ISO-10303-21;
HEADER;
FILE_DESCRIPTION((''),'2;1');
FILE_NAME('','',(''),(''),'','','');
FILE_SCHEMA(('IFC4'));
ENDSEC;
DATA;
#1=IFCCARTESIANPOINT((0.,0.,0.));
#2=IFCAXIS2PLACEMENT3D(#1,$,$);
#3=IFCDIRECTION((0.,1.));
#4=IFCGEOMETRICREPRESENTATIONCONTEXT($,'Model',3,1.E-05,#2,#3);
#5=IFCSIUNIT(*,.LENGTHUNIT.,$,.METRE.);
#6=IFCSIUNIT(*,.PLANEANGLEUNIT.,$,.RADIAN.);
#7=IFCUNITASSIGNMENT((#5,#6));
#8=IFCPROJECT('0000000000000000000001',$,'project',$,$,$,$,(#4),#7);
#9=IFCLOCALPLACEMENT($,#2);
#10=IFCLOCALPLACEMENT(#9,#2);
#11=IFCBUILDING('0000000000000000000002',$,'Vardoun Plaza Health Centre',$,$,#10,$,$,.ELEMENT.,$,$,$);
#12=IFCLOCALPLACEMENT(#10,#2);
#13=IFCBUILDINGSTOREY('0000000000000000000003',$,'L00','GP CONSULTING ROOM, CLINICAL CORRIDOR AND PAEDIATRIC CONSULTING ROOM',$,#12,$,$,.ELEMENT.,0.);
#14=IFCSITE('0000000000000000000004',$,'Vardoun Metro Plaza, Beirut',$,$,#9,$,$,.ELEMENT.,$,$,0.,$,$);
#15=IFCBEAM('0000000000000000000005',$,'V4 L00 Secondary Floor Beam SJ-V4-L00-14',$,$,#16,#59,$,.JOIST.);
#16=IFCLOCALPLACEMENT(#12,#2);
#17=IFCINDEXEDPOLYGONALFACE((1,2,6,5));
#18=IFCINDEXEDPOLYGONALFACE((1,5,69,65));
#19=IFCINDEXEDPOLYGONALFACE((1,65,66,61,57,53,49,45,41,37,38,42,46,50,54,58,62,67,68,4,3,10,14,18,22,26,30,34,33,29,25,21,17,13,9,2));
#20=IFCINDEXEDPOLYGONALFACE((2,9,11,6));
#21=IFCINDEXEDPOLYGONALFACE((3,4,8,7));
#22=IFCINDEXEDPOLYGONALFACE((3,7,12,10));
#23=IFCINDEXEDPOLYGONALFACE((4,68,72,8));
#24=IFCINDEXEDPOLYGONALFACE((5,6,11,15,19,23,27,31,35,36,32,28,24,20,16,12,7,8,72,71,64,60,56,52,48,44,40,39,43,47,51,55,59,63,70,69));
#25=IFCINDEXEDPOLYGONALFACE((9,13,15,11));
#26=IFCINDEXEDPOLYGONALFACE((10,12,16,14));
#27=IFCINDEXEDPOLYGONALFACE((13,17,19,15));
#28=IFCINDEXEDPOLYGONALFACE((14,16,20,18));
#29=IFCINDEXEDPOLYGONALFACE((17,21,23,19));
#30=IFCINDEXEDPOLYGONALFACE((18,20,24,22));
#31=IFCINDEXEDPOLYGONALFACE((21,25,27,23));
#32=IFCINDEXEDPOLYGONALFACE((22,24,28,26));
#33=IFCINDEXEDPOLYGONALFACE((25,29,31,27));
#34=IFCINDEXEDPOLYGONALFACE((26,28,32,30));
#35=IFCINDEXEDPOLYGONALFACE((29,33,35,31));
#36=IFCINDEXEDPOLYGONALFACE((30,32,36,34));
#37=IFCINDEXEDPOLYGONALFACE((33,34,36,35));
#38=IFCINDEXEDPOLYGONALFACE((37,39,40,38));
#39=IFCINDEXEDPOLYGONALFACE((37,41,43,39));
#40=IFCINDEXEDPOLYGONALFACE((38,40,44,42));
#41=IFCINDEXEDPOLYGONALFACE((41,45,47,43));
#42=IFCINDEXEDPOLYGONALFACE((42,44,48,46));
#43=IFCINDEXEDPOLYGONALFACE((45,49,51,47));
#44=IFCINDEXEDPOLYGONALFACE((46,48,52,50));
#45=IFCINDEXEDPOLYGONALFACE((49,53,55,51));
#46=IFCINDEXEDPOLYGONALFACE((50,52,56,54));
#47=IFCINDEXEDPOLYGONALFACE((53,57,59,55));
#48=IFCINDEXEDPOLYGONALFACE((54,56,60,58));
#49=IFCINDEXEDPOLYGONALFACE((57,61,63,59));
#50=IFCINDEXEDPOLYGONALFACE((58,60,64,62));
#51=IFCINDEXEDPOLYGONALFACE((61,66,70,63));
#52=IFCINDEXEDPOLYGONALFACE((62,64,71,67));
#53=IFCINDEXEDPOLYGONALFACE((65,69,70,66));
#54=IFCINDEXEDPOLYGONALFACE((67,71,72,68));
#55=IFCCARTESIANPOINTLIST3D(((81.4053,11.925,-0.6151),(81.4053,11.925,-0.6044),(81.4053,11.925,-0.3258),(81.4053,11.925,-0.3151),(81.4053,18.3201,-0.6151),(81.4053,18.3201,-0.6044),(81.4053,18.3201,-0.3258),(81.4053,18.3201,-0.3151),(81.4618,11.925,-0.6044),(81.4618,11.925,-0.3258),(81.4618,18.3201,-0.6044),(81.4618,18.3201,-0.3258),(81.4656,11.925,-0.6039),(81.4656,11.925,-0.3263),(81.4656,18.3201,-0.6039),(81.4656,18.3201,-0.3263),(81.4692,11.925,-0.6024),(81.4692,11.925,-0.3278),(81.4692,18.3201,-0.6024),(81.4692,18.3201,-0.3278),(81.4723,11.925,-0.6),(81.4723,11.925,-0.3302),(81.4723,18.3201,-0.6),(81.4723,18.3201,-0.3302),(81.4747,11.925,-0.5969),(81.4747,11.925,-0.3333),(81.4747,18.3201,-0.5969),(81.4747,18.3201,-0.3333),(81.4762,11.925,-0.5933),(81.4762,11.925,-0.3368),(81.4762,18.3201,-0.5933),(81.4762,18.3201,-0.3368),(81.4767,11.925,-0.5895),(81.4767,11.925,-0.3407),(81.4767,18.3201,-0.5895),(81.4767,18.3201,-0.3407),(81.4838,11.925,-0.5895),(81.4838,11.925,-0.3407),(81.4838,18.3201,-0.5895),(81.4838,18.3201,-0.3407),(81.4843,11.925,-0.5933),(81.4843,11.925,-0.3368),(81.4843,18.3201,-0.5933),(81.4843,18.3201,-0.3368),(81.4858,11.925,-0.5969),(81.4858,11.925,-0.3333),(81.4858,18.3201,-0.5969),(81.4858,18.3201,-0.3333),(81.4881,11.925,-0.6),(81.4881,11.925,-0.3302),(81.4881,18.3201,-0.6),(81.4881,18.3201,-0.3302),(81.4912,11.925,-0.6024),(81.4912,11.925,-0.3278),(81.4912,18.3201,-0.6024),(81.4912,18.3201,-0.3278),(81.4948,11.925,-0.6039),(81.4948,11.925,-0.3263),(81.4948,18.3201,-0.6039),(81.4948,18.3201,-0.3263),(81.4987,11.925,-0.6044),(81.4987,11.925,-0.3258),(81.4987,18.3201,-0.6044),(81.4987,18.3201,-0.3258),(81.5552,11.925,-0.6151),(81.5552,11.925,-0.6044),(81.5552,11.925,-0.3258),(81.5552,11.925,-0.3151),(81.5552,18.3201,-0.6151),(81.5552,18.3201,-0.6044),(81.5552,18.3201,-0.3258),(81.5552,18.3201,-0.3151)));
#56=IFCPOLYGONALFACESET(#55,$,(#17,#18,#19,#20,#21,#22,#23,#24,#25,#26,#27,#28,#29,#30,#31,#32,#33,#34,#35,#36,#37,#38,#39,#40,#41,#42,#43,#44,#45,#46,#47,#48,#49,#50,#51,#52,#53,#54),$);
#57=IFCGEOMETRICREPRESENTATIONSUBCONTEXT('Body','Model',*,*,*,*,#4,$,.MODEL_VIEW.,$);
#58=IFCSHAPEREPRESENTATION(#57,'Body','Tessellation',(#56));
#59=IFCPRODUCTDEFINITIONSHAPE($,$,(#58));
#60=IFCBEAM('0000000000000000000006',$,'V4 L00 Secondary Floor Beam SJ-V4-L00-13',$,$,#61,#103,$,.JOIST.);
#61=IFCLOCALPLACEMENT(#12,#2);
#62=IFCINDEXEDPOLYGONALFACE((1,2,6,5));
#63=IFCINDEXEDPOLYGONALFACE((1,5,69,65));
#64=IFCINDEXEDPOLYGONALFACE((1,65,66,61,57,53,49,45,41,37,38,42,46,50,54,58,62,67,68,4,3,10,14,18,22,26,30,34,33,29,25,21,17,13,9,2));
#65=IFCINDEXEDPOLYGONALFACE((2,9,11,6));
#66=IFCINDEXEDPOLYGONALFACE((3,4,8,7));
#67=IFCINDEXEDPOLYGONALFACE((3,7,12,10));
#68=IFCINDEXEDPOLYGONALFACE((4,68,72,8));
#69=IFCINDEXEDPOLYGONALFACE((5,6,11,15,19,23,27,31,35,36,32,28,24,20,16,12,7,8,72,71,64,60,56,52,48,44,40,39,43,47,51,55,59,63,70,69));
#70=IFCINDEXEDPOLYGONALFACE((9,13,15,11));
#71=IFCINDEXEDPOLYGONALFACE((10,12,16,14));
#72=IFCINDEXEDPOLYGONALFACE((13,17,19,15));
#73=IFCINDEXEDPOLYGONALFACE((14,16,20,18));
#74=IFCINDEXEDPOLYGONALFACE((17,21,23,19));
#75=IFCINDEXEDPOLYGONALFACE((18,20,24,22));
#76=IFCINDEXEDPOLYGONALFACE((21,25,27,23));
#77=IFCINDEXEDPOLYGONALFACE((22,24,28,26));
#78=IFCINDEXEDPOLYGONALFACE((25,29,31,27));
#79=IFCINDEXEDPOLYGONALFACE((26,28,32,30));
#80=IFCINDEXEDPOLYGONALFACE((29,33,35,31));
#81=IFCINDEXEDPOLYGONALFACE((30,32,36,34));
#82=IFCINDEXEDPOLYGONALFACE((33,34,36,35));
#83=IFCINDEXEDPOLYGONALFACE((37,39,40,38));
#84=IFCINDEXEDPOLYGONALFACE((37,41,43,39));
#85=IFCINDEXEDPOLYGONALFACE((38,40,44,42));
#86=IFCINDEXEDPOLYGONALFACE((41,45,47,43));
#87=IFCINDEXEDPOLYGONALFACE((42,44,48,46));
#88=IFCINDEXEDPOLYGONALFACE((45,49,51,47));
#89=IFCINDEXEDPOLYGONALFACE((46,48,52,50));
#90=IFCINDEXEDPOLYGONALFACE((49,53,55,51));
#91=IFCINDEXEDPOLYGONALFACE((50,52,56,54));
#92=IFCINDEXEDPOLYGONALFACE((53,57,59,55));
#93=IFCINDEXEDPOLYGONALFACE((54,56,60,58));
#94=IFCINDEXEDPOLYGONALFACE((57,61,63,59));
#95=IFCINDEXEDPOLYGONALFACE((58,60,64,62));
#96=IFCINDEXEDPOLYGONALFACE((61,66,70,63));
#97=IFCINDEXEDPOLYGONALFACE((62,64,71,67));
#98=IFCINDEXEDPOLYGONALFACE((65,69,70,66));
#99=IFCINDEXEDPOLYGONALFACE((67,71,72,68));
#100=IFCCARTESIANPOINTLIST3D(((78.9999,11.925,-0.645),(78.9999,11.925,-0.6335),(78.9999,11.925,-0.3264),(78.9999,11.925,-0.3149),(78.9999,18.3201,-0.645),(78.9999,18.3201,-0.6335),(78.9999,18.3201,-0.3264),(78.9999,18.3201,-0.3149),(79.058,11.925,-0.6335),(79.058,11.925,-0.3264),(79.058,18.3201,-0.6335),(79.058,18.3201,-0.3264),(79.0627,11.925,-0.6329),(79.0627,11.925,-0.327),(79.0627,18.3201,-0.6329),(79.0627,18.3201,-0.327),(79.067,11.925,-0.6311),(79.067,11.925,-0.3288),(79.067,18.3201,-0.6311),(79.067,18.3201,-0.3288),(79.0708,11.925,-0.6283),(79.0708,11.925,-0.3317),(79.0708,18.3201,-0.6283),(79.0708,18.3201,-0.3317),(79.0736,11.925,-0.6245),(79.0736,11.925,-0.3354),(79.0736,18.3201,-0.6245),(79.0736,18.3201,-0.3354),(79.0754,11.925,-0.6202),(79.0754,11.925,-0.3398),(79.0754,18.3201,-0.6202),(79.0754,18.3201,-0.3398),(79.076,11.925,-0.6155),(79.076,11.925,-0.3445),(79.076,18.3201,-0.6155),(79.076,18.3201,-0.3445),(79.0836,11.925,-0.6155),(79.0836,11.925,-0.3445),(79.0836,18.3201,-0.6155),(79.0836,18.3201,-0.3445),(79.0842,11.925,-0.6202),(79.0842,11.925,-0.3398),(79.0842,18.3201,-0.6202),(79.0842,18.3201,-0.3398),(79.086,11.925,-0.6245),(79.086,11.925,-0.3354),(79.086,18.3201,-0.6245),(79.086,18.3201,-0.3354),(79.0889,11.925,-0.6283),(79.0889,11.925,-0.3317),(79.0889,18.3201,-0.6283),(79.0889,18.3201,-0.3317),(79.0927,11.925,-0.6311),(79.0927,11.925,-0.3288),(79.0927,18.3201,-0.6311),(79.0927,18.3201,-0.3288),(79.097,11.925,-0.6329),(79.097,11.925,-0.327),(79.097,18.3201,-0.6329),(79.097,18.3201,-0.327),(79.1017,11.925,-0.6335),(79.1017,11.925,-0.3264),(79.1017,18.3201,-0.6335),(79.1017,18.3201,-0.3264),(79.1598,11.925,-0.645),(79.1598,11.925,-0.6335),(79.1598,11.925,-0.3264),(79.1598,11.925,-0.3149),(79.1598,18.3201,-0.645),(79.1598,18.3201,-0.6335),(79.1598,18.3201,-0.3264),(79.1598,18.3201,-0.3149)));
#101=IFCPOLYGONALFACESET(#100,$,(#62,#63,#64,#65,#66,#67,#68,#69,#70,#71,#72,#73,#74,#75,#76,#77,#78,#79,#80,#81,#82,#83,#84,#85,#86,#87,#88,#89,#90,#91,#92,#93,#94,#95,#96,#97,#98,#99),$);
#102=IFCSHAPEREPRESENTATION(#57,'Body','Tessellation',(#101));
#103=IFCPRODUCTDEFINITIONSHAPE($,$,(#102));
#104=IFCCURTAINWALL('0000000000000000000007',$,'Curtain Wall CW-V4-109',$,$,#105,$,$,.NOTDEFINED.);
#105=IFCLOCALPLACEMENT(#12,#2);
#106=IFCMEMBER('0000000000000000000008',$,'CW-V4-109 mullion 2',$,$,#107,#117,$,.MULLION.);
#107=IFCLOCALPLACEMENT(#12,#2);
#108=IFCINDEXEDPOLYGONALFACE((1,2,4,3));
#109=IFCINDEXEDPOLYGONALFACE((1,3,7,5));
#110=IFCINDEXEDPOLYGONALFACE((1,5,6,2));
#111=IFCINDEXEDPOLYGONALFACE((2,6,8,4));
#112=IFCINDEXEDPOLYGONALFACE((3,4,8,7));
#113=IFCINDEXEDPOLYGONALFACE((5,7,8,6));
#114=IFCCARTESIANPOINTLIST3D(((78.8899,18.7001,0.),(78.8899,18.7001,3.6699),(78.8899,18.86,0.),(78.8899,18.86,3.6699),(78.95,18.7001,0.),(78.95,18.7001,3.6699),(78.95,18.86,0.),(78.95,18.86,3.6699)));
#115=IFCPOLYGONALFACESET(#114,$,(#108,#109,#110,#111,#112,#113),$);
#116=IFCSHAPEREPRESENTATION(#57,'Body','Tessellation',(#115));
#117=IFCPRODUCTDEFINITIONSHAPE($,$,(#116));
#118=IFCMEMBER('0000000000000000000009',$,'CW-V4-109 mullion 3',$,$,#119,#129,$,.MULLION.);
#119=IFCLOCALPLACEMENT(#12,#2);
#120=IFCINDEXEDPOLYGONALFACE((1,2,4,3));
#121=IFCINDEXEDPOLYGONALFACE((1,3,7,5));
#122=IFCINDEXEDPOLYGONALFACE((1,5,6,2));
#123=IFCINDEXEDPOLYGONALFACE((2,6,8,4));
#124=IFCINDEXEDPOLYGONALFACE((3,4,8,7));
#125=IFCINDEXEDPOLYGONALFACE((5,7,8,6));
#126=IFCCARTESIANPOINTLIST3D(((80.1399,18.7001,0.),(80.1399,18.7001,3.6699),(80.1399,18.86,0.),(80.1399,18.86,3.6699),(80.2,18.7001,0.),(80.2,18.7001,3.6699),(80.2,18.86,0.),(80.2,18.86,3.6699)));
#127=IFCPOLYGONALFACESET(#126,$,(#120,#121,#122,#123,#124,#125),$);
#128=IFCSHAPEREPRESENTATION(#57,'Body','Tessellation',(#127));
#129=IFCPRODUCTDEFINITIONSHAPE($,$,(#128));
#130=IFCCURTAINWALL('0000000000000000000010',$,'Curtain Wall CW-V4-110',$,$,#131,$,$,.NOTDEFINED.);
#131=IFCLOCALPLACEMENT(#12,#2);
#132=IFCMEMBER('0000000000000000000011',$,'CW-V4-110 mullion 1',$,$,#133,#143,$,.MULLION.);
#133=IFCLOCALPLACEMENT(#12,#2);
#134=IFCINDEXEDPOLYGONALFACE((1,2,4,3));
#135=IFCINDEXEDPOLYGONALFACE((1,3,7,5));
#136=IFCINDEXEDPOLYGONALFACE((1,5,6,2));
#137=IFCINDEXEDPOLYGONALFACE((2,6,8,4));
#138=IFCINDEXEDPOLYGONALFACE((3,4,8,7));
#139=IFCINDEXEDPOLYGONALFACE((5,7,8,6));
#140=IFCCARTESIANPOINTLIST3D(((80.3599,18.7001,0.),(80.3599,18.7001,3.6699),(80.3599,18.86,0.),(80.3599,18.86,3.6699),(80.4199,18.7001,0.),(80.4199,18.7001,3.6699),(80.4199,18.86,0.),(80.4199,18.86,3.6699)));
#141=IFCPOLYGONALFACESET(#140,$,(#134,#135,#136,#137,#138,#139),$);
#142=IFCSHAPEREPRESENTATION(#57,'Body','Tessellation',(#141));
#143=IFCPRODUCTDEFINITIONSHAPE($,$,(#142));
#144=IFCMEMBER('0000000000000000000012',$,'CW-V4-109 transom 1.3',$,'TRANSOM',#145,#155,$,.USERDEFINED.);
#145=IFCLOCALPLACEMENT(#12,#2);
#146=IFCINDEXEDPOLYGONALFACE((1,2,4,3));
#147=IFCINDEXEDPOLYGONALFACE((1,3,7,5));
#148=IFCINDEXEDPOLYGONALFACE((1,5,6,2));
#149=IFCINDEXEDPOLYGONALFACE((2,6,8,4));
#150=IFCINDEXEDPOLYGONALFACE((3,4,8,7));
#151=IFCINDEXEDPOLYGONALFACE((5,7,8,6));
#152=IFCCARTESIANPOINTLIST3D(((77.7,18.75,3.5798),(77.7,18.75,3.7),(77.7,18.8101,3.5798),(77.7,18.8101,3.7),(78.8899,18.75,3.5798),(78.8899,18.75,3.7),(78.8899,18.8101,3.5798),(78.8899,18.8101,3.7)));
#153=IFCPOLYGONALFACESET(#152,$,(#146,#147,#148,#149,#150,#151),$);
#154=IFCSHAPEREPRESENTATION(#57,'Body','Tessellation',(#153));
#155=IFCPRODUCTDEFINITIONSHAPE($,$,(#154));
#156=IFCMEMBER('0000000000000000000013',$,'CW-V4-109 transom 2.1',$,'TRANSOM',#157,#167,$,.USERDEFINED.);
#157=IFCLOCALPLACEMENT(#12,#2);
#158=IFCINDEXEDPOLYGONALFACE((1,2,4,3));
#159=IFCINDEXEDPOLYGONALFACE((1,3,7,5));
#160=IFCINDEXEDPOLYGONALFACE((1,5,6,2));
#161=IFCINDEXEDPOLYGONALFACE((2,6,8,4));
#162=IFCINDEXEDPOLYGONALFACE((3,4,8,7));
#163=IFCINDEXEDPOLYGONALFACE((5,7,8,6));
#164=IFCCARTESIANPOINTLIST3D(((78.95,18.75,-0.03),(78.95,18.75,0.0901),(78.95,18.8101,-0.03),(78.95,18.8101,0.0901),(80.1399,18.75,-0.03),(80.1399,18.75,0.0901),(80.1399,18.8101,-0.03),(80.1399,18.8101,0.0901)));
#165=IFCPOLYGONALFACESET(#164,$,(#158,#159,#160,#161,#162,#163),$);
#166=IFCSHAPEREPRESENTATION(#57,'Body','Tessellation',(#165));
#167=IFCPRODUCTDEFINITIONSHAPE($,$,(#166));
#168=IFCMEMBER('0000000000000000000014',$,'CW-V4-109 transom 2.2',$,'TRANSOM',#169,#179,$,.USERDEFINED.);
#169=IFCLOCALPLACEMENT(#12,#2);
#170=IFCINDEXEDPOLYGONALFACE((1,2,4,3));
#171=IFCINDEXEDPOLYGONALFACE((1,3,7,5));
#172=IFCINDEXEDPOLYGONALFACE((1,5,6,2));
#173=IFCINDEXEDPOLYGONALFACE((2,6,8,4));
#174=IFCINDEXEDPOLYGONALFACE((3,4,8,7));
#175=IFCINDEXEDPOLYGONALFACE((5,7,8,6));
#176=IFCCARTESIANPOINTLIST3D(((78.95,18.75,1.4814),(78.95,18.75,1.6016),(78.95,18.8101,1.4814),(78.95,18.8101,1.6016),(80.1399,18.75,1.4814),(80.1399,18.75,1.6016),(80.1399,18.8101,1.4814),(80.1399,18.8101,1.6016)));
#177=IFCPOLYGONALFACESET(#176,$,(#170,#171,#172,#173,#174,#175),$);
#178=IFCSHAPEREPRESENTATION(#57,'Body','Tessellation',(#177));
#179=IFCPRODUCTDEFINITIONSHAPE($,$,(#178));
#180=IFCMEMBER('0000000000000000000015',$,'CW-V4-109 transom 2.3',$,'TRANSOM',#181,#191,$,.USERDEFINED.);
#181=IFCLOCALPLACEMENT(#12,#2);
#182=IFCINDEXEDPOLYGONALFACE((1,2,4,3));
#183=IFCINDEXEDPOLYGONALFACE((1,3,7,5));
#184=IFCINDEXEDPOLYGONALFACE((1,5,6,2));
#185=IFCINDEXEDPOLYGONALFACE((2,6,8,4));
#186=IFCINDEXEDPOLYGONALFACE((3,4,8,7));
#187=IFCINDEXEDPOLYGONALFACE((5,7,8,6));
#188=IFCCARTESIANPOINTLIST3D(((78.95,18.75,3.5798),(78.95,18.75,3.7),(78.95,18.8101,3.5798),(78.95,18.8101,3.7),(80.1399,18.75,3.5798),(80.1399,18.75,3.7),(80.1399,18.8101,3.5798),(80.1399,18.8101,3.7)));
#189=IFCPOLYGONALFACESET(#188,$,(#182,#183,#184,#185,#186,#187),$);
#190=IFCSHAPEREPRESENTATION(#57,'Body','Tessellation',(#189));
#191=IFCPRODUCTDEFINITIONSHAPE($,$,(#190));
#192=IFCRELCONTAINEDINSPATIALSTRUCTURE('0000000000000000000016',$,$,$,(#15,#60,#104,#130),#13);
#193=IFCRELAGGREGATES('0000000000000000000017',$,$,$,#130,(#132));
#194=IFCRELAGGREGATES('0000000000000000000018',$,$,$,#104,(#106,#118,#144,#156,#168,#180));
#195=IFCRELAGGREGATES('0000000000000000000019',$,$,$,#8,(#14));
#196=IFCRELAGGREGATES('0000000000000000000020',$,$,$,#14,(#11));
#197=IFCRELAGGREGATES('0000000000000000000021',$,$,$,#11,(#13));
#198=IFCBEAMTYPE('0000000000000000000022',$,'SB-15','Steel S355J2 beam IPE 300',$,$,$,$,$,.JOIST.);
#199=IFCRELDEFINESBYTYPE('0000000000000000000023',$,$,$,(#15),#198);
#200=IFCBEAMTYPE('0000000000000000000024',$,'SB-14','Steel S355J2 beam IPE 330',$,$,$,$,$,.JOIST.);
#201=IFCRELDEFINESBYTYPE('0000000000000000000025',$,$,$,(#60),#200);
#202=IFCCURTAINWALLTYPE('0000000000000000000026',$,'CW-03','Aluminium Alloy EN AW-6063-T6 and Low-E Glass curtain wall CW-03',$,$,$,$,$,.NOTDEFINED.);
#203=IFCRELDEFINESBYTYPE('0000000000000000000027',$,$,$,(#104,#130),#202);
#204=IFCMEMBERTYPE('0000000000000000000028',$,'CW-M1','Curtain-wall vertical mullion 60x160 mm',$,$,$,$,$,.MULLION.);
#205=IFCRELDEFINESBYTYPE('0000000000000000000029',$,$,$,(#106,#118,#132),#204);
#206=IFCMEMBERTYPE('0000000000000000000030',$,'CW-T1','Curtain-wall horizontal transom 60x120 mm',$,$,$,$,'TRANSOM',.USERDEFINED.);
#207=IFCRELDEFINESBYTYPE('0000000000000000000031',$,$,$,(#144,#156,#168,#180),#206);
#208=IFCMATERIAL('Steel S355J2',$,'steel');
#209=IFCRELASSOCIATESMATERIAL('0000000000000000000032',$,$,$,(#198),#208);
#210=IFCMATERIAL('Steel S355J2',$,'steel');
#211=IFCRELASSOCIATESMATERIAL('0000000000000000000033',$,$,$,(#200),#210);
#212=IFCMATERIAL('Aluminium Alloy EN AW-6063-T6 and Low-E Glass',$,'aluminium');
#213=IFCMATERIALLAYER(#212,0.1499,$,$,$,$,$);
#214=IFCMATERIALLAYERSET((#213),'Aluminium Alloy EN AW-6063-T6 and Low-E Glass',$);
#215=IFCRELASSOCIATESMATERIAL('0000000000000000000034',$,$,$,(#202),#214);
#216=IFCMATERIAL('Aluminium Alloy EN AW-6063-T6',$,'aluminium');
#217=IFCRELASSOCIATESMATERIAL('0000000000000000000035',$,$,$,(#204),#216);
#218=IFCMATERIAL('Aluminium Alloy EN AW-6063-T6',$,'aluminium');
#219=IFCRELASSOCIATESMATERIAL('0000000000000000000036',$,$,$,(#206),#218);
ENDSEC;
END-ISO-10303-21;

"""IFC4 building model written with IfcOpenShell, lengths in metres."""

from ifc_helpers import new_model, si_unit, direction, frame, origin, origin_2d, place, context, subcontext, project, spatial, rectangle, i_section, extrude, material, layer, layer_set, material_profile, profile_set, type_object, element, aggregate, save


model = new_model("IFC4")

# Units and contexts
model_context = context("Model", 3, precision=1e-05, world=origin(), true_north=direction((0.0, 1.0)))
body_context = subcontext(model_context, "Body", "Model", "MODEL_VIEW")
ifc_project = project(units=[si_unit("LENGTHUNIT", "METRE"), si_unit("PLANEANGLEUNIT", "RADIAN")], contexts=[model_context])

# Site, building, storey
site_placement = place(None, origin())
site = spatial("IfcSite", under=ifc_project, at=site_placement, Name="Vardoun Metro Plaza, Beirut", CompositionType="ELEMENT", RefElevation=0.0)
building_placement = place(site_placement, origin())
building = spatial("IfcBuilding", under=site, at=building_placement, Name="Vardoun Plaza Health Centre", CompositionType="ELEMENT")
storey_placement = place(building_placement, origin())
storey = spatial("IfcBuildingStorey", under=building, at=storey_placement, Name="L00", Description="GP CONSULTING ROOM, CLINICAL CORRIDOR AND PAEDIATRIC CONSULTING ROOM", CompositionType="ELEMENT", Elevation=0.0)

# Beams
ifc_material_1 = material(Name="Steel S355J2", Category="steel")
ifc_material_profile_1 = material_profile(ifc_material_1, i_section(OverallWidth=0.1499, OverallDepth=0.3, WebThickness=0.0071, FlangeThickness=0.0107, FilletRadius=0.0149, at=origin_2d()), Name="IPE 300")
ifc_profile_set_1 = profile_set([ifc_material_profile_1], Name="Steel S355J2")
beam_type_1 = type_object("IfcBeamType", Name="SB-15", Description="Steel S355J2 beam IPE 300", PredefinedType="JOIST", material=ifc_profile_set_1)
beam_1_placement = place(storey_placement, frame((81.4802, 11.925, -0.4651), z_axis=(0.0, 1.0, 0.0), x_axis=(-1.0, 0.0, 0.0)))
element("IfcBeam", 1, at=beam_1_placement, inside=storey, type_object=beam_type_1, Name="V4 L00 Secondary Floor Beam SJ-V4-L00-14", PredefinedType="JOIST", context=body_context, shape_type="SweptSolid", body=[
    extrude(i_section(OverallWidth=0.1499, OverallDepth=0.3, WebThickness=0.0071, FlangeThickness=0.0107, FilletRadius=0.0149, at=origin_2d()), origin(), (0.0, 0.0, 1.0), 6.395),
])
ifc_material_2 = material(Name="Steel S355J2", Category="steel")
ifc_material_profile_2 = material_profile(ifc_material_2, i_section(OverallWidth=0.1599, OverallDepth=0.3301, WebThickness=0.0076, FlangeThickness=0.0115, FilletRadius=0.0181, at=origin_2d()), Name="IPE 330")
ifc_profile_set_2 = profile_set([ifc_material_profile_2], Name="Steel S355J2")
beam_type_2 = type_object("IfcBeamType", Name="SB-14", Description="Steel S355J2 beam IPE 330", PredefinedType="JOIST", material=ifc_profile_set_2)
beam_2_placement = place(storey_placement, frame((79.0798, 11.925, -0.48), z_axis=(0.0, 1.0, 0.0), x_axis=(-1.0, 0.0, 0.0)))
element("IfcBeam", 2, at=beam_2_placement, inside=storey, type_object=beam_type_2, Name="V4 L00 Secondary Floor Beam SJ-V4-L00-13", PredefinedType="JOIST", context=body_context, shape_type="SweptSolid", body=[
    extrude(i_section(OverallWidth=0.1599, OverallDepth=0.3301, WebThickness=0.0076, FlangeThickness=0.0115, FilletRadius=0.0181, at=origin_2d()), origin(), (0.0, 0.0, 1.0), 6.395),
])

# Curtain wall, members
ifc_material_3 = material(Name="Aluminium Alloy EN AW-6063-T6 and Low-E Glass", Category="aluminium")
ifc_layer_1 = layer(ifc_material_3, 0.1499)
ifc_layer_set_1 = layer_set([ifc_layer_1], Name="Aluminium Alloy EN AW-6063-T6 and Low-E Glass")
curtain_wall_type = type_object("IfcCurtainWallType", Name="CW-03", Description="Aluminium Alloy EN AW-6063-T6 and Low-E Glass curtain wall CW-03", PredefinedType="NOTDEFINED", material=ifc_layer_set_1)
curtain_wall_1_placement = place(storey_placement, origin())
curtain_wall_1 = element("IfcCurtainWall", 3, at=curtain_wall_1_placement, inside=storey, type_object=curtain_wall_type, Name="Curtain Wall CW-V4-109", PredefinedType="NOTDEFINED")
ifc_material_4 = material(Name="Aluminium Alloy EN AW-6063-T6", Category="aluminium")
ifc_material_profile_3 = material_profile(ifc_material_4, rectangle(XDim=0.1599, YDim=0.0601, at=origin_2d()), Name="CWM 60x160")
ifc_profile_set_3 = profile_set([ifc_material_profile_3], Name="Aluminium Alloy EN AW-6063-T6")
member_type_1 = type_object("IfcMemberType", Name="CW-M1", Description="Curtain-wall vertical mullion 60x160 mm", PredefinedType="MULLION", material=ifc_profile_set_3)
member_1_placement = place(storey_placement, frame((78.9199, 18.78, 0.0), z_axis=(0.0, 0.0, 1.0), x_axis=(0.0, 1.0, 0.0)))
member_1 = element("IfcMember", 4, at=member_1_placement, type_object=member_type_1, Name="CW-V4-109 mullion 2", PredefinedType="MULLION", context=body_context, shape_type="SweptSolid", body=[
    extrude(rectangle(XDim=0.1599, YDim=0.0601, at=origin_2d()), origin(), (0.0, 0.0, 1.0), 3.6699),
])
member_2_placement = place(storey_placement, frame((80.1699, 18.78, 0.0), z_axis=(0.0, 0.0, 1.0), x_axis=(0.0, 1.0, 0.0)))
member_2 = element("IfcMember", 5, at=member_2_placement, type_object=member_type_1, Name="CW-V4-109 mullion 3", PredefinedType="MULLION", context=body_context, shape_type="SweptSolid", body=[
    extrude(rectangle(XDim=0.1599, YDim=0.0601, at=origin_2d()), origin(), (0.0, 0.0, 1.0), 3.6699),
])

# Curtain wall, member
curtain_wall_2_placement = place(storey_placement, origin())
curtain_wall_2 = element("IfcCurtainWall", 6, at=curtain_wall_2_placement, inside=storey, type_object=curtain_wall_type, Name="Curtain Wall CW-V4-110", PredefinedType="NOTDEFINED")
member_3_placement = place(storey_placement, frame((80.3899, 18.78, 0.0), z_axis=(0.0, 0.0, 1.0), x_axis=(0.0, 1.0, 0.0)))
member_3 = element("IfcMember", 7, at=member_3_placement, type_object=member_type_1, Name="CW-V4-110 mullion 1", PredefinedType="MULLION", context=body_context, shape_type="SweptSolid", body=[
    extrude(rectangle(XDim=0.1599, YDim=0.0601, at=origin_2d()), origin(), (0.0, 0.0, 1.0), 3.6699),
])
aggregate(curtain_wall_2, [member_3])

# Members
ifc_material_5 = material(Name="Aluminium Alloy EN AW-6063-T6", Category="aluminium")
ifc_material_profile_4 = material_profile(ifc_material_5, rectangle(XDim=0.0601, YDim=0.1201, at=origin_2d()), Name="CWT 60x120")
ifc_profile_set_4 = profile_set([ifc_material_profile_4], Name="Aluminium Alloy EN AW-6063-T6")
member_type_2 = type_object("IfcMemberType", Name="CW-T1", Description="Curtain-wall horizontal transom 60x120 mm", ElementType="TRANSOM", PredefinedType="USERDEFINED", material=ifc_profile_set_4)
member_4_placement = place(storey_placement, frame((77.7, 18.78, 3.6399), z_axis=(1.0, 0.0, 0.0), x_axis=(0.0, 1.0, 0.0)))
member_4 = element("IfcMember", 8, at=member_4_placement, type_object=member_type_2, Name="CW-V4-109 transom 1.3", ObjectType="TRANSOM", PredefinedType="USERDEFINED", context=body_context, shape_type="SweptSolid", body=[
    extrude(rectangle(XDim=0.0601, YDim=0.1201, at=origin_2d()), origin(), (0.0, 0.0, 1.0), 1.1899),
])
member_5_placement = place(storey_placement, frame((78.95, 18.78, 0.03), z_axis=(1.0, 0.0, 0.0), x_axis=(0.0, 1.0, 0.0)))
member_5 = element("IfcMember", 9, at=member_5_placement, type_object=member_type_2, Name="CW-V4-109 transom 2.1", ObjectType="TRANSOM", PredefinedType="USERDEFINED", context=body_context, shape_type="SweptSolid", body=[
    extrude(rectangle(XDim=0.0601, YDim=0.1201, at=origin_2d()), origin(), (0.0, 0.0, 1.0), 1.1899),
])
member_6_placement = place(storey_placement, frame((78.95, 18.78, 1.5415), z_axis=(1.0, 0.0, 0.0), x_axis=(0.0, 1.0, 0.0)))
member_6 = element("IfcMember", 10, at=member_6_placement, type_object=member_type_2, Name="CW-V4-109 transom 2.2", ObjectType="TRANSOM", PredefinedType="USERDEFINED", context=body_context, shape_type="SweptSolid", body=[
    extrude(rectangle(XDim=0.0601, YDim=0.1201, at=origin_2d()), origin(), (0.0, 0.0, 1.0), 1.1899),
])
member_7_placement = place(storey_placement, frame((78.95, 18.78, 3.6399), z_axis=(1.0, 0.0, 0.0), x_axis=(0.0, 1.0, 0.0)))
member_7 = element("IfcMember", 11, at=member_7_placement, type_object=member_type_2, Name="CW-V4-109 transom 2.3", ObjectType="TRANSOM", PredefinedType="USERDEFINED", context=body_context, shape_type="SweptSolid", body=[
    extrude(rectangle(XDim=0.0601, YDim=0.1201, at=origin_2d()), origin(), (0.0, 0.0, 1.0), 1.1899),
])

aggregate(curtain_wall_1, [member_1, member_2, member_4, member_5, member_6, member_7])

save(model, "model.ifc")
